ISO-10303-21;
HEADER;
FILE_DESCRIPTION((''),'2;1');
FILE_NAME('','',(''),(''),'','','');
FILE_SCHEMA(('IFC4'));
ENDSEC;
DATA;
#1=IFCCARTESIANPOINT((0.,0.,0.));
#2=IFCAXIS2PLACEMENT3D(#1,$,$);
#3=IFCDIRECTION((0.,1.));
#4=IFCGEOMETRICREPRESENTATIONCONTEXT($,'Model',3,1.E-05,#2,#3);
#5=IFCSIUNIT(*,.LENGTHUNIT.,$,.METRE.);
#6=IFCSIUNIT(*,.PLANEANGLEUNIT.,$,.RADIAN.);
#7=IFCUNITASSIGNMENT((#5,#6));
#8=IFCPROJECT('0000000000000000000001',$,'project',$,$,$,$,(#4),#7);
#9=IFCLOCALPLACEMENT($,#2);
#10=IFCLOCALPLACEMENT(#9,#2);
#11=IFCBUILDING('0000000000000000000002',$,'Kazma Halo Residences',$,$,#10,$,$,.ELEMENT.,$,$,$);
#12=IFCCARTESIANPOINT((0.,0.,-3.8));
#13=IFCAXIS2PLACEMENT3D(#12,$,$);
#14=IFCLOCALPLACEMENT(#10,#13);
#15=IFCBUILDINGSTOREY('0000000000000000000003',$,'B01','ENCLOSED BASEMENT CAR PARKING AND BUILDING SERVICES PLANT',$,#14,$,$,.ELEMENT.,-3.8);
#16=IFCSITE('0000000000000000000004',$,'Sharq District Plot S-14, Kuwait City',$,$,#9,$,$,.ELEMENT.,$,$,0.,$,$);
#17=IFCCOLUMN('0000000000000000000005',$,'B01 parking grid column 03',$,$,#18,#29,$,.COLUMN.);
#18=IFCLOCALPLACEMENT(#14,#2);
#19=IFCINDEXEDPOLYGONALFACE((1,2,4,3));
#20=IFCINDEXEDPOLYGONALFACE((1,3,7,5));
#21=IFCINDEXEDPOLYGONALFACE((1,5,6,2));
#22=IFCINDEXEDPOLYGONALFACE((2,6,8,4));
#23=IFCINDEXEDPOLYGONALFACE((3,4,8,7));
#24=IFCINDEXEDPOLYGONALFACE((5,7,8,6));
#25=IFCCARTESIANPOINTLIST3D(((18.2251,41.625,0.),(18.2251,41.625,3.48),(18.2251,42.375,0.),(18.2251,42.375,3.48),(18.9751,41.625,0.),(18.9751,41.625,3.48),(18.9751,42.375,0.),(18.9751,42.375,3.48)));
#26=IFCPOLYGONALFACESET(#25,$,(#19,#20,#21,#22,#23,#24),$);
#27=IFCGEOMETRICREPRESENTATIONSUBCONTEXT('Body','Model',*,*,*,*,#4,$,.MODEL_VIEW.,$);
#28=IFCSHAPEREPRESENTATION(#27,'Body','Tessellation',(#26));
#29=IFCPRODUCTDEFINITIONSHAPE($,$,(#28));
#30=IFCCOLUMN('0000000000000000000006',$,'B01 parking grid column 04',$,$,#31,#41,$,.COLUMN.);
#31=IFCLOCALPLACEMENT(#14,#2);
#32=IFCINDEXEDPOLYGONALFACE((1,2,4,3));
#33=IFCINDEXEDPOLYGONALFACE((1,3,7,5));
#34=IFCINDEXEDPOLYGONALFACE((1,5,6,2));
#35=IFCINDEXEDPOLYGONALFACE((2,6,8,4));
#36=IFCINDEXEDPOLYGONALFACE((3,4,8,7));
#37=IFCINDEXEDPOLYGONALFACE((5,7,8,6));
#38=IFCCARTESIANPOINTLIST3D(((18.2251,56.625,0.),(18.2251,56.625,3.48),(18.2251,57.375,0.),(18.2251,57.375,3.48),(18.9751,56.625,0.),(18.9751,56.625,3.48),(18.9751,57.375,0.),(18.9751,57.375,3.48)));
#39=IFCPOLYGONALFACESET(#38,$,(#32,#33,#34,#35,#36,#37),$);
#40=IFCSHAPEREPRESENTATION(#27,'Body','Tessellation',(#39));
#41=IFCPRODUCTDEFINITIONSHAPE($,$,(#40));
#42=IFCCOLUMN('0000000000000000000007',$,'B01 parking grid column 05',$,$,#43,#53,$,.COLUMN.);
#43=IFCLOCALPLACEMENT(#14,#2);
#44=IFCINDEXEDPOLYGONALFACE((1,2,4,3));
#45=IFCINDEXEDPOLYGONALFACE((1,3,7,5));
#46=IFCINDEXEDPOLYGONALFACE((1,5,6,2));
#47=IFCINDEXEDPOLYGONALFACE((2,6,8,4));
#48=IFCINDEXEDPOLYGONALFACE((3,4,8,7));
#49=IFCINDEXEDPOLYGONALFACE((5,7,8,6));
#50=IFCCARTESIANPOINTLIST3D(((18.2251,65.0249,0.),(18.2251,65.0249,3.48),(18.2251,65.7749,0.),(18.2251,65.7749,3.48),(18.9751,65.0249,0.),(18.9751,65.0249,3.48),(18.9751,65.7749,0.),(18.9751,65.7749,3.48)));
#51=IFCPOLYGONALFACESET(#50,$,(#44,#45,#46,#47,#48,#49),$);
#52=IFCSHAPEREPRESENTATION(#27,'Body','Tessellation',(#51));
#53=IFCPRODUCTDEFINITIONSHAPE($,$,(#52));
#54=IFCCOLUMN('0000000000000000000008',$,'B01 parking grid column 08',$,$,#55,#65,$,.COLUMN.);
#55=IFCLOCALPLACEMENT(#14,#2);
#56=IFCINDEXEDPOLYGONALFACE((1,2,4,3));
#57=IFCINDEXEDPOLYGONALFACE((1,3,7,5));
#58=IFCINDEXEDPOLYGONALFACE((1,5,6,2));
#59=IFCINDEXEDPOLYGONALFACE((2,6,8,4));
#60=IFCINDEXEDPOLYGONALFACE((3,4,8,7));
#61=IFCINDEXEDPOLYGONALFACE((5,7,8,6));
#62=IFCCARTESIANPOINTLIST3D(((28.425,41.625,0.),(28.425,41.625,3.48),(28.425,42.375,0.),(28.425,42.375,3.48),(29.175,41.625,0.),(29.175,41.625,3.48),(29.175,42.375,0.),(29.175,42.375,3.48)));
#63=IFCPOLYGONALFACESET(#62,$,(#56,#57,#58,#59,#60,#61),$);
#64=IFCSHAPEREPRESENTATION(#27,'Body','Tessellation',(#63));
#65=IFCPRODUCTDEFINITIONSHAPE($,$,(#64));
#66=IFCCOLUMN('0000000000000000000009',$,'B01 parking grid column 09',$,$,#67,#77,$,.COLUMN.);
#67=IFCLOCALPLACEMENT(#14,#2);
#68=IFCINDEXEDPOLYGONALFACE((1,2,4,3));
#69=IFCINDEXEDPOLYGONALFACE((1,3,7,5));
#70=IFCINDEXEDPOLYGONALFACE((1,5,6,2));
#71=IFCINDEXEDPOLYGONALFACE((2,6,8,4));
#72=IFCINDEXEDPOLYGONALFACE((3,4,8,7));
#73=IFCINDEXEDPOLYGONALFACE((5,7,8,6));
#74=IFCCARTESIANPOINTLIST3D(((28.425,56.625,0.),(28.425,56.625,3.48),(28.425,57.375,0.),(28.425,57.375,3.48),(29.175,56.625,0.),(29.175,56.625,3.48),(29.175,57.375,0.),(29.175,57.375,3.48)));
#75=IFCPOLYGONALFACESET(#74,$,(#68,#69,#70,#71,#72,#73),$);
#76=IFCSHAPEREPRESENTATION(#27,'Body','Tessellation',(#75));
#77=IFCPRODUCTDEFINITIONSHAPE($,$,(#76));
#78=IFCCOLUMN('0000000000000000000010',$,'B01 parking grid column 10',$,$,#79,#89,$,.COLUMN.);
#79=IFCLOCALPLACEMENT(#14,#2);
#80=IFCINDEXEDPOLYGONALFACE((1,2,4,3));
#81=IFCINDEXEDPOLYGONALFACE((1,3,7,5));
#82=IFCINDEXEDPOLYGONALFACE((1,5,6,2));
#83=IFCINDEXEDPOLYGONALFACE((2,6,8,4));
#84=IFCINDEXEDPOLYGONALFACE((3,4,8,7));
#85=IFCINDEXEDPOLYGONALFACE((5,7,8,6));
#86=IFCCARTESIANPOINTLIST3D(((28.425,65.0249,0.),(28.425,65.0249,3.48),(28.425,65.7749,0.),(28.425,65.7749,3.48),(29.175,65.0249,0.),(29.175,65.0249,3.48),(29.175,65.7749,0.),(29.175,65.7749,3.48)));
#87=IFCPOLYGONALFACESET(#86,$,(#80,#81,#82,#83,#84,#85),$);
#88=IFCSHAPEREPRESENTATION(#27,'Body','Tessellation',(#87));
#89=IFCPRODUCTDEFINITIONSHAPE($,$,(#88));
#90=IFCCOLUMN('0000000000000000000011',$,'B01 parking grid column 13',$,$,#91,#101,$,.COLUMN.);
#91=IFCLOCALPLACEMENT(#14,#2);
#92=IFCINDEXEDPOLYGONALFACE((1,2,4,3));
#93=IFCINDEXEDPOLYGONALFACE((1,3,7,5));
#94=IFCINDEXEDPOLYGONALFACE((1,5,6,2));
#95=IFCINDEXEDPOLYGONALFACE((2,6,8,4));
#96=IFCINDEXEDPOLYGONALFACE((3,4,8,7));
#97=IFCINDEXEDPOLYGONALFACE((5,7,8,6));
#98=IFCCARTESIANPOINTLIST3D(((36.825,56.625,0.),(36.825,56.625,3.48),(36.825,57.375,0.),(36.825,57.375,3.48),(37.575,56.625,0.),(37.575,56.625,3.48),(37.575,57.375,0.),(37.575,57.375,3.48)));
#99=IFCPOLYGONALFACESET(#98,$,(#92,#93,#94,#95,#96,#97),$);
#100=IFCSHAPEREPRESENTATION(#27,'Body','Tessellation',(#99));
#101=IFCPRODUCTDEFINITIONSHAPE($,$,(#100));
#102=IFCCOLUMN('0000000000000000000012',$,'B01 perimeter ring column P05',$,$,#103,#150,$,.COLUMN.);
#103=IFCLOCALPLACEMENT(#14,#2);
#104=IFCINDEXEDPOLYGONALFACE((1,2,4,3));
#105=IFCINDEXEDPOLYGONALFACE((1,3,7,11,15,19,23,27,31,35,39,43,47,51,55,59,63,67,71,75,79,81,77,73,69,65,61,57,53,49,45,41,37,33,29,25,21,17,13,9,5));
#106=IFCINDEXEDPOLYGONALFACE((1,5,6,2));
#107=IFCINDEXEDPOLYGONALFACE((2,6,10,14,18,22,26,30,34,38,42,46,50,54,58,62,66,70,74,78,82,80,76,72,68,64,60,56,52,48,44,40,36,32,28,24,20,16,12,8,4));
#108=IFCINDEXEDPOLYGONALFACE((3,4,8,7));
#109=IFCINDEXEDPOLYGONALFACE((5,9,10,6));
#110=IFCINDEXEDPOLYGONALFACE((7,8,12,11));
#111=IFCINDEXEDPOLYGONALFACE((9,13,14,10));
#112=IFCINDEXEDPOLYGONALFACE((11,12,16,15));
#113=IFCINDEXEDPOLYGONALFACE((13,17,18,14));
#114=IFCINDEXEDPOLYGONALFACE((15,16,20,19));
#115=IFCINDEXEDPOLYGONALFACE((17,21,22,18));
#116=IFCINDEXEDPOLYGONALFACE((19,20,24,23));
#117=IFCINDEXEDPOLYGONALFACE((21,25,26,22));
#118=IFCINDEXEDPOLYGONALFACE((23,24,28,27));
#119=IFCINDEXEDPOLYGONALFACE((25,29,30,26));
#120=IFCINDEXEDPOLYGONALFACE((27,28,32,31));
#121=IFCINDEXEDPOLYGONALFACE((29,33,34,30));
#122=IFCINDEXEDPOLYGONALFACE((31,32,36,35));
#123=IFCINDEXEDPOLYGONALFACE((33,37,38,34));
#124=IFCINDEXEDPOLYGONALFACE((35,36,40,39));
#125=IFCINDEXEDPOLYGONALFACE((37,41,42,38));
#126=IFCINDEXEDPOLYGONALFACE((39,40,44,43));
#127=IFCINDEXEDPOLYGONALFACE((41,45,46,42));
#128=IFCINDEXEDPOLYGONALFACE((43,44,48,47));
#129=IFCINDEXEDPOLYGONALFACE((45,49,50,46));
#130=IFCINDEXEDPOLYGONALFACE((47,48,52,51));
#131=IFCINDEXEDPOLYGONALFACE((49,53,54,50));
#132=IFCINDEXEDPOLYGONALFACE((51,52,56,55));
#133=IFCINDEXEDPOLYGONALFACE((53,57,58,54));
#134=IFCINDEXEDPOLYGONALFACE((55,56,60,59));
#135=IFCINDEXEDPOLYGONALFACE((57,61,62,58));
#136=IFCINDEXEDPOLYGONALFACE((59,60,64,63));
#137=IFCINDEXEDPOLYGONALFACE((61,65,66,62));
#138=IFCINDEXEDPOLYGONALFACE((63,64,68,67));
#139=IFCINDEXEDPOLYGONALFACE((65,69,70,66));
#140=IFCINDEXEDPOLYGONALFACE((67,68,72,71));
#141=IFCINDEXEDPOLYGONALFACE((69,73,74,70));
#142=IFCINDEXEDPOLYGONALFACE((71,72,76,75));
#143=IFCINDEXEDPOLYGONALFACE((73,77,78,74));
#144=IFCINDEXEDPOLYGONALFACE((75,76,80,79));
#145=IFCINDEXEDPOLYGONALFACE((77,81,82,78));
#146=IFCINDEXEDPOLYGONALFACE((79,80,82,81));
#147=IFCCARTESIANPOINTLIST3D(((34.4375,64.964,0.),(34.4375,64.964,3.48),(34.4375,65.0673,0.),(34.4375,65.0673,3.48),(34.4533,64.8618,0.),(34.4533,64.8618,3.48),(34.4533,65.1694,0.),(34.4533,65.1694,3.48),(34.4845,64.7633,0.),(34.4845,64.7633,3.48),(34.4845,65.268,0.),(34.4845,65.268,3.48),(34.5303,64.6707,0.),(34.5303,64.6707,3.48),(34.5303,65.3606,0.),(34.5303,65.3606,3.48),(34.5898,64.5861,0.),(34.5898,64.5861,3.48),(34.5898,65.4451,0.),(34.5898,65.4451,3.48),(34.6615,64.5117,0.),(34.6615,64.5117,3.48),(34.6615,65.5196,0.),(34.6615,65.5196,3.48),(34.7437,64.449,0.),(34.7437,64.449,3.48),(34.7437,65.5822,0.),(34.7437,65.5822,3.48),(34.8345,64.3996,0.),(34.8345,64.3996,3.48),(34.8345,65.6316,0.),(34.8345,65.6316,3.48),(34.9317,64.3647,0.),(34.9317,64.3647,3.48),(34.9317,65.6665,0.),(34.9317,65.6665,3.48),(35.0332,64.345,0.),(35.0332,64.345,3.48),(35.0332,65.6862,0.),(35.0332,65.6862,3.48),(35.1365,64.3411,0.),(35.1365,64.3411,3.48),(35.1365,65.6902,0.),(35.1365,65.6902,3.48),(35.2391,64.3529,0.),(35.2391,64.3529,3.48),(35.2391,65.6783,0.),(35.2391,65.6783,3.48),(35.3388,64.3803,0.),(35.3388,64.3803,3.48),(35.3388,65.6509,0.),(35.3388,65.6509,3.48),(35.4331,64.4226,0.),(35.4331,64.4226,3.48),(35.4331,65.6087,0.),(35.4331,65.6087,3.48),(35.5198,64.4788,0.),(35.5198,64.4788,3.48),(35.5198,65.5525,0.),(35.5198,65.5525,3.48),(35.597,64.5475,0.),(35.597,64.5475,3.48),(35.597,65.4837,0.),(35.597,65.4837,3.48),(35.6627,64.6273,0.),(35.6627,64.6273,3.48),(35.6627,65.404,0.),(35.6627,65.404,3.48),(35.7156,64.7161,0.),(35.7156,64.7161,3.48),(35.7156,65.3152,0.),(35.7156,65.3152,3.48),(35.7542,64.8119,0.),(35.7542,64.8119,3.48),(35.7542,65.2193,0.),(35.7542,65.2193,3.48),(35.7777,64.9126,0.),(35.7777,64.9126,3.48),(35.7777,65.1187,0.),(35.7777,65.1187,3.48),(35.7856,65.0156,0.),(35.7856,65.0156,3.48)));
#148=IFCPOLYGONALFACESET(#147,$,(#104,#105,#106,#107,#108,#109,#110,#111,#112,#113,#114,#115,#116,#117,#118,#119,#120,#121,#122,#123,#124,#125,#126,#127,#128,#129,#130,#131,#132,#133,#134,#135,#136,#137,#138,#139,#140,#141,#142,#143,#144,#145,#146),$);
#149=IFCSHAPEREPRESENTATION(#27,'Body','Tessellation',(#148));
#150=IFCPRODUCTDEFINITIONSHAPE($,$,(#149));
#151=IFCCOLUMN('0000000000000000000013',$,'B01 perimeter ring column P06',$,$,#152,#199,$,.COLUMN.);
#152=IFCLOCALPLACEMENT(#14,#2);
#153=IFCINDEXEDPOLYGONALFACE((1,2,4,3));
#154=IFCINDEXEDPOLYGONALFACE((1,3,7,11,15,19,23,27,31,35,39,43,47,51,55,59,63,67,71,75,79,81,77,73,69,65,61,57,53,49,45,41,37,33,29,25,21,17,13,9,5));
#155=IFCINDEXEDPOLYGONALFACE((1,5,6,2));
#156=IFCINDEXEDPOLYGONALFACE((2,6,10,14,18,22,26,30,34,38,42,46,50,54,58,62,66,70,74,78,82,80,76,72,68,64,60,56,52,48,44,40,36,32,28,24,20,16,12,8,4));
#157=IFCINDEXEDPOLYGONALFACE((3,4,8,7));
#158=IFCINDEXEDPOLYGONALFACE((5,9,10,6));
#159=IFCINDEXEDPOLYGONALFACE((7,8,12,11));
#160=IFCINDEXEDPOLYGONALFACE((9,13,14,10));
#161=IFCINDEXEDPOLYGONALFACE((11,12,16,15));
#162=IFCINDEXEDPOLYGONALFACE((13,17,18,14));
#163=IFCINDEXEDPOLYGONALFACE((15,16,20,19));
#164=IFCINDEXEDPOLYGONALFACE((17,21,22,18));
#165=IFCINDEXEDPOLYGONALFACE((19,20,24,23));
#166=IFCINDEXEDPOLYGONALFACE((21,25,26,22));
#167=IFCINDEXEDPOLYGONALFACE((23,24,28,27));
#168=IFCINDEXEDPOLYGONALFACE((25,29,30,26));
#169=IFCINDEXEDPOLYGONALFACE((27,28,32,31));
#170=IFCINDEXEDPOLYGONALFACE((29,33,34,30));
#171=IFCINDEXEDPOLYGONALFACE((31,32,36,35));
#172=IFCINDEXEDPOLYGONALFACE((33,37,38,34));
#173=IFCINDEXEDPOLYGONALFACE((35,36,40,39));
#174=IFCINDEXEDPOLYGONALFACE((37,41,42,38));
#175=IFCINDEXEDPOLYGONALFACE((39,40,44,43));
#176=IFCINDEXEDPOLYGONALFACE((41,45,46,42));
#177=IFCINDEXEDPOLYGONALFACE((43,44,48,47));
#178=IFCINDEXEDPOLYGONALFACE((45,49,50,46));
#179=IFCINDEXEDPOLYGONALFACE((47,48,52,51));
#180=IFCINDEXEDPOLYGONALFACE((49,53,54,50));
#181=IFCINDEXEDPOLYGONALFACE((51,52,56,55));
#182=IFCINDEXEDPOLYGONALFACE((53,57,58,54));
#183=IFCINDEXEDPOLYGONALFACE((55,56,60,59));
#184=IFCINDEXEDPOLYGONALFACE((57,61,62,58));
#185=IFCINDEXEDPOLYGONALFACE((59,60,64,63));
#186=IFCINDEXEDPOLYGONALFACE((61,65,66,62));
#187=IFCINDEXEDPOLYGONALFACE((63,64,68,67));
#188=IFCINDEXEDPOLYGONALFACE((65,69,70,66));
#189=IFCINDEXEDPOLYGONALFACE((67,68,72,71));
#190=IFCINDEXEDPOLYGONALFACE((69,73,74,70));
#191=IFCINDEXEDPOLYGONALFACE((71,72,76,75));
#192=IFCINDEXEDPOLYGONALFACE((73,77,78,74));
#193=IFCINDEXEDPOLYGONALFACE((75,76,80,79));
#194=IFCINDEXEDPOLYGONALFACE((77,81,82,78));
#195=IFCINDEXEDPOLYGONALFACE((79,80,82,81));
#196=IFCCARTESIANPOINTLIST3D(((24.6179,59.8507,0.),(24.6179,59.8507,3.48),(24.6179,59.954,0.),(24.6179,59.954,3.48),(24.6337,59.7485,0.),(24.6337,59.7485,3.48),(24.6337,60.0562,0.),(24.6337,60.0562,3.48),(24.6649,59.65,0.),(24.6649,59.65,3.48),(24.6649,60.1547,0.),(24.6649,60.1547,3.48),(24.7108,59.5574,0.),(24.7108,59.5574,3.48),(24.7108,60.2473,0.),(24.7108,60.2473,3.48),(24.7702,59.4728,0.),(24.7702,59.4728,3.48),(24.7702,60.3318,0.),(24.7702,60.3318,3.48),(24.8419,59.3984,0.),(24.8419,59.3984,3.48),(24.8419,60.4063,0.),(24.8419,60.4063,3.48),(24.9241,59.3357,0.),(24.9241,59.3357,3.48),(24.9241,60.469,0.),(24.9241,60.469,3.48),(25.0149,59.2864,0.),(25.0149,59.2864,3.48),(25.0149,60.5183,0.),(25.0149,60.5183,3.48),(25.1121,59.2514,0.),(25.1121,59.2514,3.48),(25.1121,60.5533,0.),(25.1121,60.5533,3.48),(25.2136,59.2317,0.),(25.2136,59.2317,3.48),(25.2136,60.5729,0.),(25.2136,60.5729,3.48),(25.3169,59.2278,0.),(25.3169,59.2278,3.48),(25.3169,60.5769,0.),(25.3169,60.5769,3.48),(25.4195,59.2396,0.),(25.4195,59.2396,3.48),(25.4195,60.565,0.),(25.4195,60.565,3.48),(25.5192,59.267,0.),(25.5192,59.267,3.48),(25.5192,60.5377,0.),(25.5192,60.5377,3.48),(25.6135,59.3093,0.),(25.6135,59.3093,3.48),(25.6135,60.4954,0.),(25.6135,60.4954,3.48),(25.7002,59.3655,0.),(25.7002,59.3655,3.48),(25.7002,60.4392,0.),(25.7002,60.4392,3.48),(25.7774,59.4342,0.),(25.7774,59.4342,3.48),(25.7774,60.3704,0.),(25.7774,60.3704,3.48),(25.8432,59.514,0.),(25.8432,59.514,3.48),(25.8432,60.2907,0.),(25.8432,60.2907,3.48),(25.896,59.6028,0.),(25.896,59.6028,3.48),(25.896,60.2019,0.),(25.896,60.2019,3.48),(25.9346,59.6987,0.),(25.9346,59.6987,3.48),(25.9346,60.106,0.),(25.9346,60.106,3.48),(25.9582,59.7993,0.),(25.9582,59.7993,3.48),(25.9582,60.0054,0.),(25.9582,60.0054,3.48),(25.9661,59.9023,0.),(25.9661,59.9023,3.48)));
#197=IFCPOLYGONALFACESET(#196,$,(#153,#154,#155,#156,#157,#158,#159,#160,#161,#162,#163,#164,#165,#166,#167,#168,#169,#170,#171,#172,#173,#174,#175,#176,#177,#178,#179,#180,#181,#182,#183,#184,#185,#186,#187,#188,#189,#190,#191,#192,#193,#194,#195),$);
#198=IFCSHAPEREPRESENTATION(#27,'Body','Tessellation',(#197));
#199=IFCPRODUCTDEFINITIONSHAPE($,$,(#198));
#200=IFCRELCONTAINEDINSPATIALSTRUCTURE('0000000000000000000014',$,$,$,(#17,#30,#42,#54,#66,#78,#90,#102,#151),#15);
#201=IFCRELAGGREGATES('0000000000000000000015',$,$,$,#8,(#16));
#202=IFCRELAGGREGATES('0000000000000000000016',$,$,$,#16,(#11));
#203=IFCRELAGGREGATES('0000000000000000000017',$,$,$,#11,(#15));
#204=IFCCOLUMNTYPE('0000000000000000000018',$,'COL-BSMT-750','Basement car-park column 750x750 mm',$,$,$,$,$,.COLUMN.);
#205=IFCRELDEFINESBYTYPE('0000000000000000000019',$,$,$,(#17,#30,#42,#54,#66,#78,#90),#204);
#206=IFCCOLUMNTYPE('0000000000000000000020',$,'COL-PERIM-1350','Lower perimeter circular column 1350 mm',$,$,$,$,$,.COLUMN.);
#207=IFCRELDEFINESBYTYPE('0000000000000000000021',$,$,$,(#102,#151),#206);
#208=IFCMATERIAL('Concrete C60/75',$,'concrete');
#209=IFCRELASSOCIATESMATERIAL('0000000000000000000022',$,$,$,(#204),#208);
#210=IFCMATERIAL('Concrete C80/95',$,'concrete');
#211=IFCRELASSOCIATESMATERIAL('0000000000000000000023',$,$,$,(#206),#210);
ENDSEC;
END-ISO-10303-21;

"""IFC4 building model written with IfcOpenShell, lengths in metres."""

from ifc_helpers import new_model, si_unit, direction, frame, origin, origin_2d, place, context, subcontext, project, spatial, rectangle, circle, extrude, material, material_profile, profile_set, type_object, element, save


model = new_model("IFC4")

# Units and contexts
model_context = context("Model", 3, precision=1e-05, world=origin(), true_north=direction((0.0, 1.0)))
body_context = subcontext(model_context, "Body", "Model", "MODEL_VIEW")
ifc_project = project(units=[si_unit("LENGTHUNIT", "METRE"), si_unit("PLANEANGLEUNIT", "RADIAN")], contexts=[model_context])

# Site, building, storey
site_placement = place(None, origin())
site = spatial("IfcSite", under=ifc_project, at=site_placement, Name="Sharq District Plot S-14, Kuwait City", CompositionType="ELEMENT", RefElevation=0.0)
building_placement = place(site_placement, origin())
building = spatial("IfcBuilding", under=site, at=building_placement, Name="Kazma Halo Residences", CompositionType="ELEMENT")
storey_placement = place(building_placement, frame((0.0, 0.0, -3.8)))
storey = spatial("IfcBuildingStorey", under=building, at=storey_placement, Name="B01", Description="ENCLOSED BASEMENT CAR PARKING AND BUILDING SERVICES PLANT", CompositionType="ELEMENT", Elevation=-3.8)

# Columns
ifc_material_1 = material(Name="Concrete C60/75", Category="concrete")
ifc_material_profile_1 = material_profile(ifc_material_1, rectangle(XDim=0.75, YDim=0.75, at=origin_2d()), Name="RECT750x750")
ifc_profile_set_1 = profile_set([ifc_material_profile_1], Name="Concrete C60/75")
column_type_1 = type_object("IfcColumnType", Name="COL-BSMT-750", Description="Basement car-park column 750x750 mm", PredefinedType="COLUMN", material=ifc_profile_set_1)
for number, where, z_axis, x_axis, name in (
    (1, (18.6001, 42.0, 0.0), (0.0, 0.0, 1.0), (1.0, 0.0, 0.0), "B01 parking grid column 03"),
    (2, (18.6001, 57.0, 0.0), (0.0, 0.0, 1.0), (1.0, 0.0, 0.0), "B01 parking grid column 04"),
    (3, (18.6001, 65.3999, 0.0), (0.0, 0.0, 1.0), (1.0, 0.0, 0.0), "B01 parking grid column 05"),
    (4, (28.8, 42.0, 0.0), (0.0, 0.0, 1.0), (1.0, 0.0, 0.0), "B01 parking grid column 08"),
    (5, (28.8, 57.0, 0.0), (0.0, 0.0, 1.0), (1.0, 0.0, 0.0), "B01 parking grid column 09"),
    (6, (28.8, 65.3999, 0.0), (0.0, 0.0, 1.0), (1.0, 0.0, 0.0), "B01 parking grid column 10"),
    (7, (37.2, 57.0, 0.0), (0.0, 0.0, 1.0), (1.0, 0.0, 0.0), "B01 parking grid column 13"),
):
    element("IfcColumn", number, at=place(storey_placement, frame(where, z_axis=z_axis, x_axis=x_axis)), inside=storey, type_object=column_type_1, Name=name, PredefinedType="COLUMN", context=body_context, shape_type="SweptSolid", body=[
        extrude(rectangle(XDim=0.75, YDim=0.75, at=origin_2d()), origin(), (0.0, 0.0, 1.0), 3.48),
    ])
ifc_material_2 = material(Name="Concrete C80/95", Category="concrete")
ifc_material_profile_2 = material_profile(ifc_material_2, circle(Radius=0.675, at=origin_2d()), Name="CIRC1350")
ifc_profile_set_2 = profile_set([ifc_material_profile_2], Name="Concrete C80/95")
column_type_2 = type_object("IfcColumnType", Name="COL-PERIM-1350", Description="Lower perimeter circular column 1350 mm", PredefinedType="COLUMN", material=ifc_profile_set_2)
for number, where, z_axis, x_axis, name in (
    (8, (35.1106, 65.0156, 0.0), (0.0, 0.0, 1.0), (1.0, 0.0, 0.0), "B01 perimeter ring column P05"),
    (9, (25.291, 59.9023, 0.0), (0.0, 0.0, 1.0), (1.0, 0.0, 0.0), "B01 perimeter ring column P06"),
):
    element("IfcColumn", number, at=place(storey_placement, frame(where, z_axis=z_axis, x_axis=x_axis)), inside=storey, type_object=column_type_2, Name=name, PredefinedType="COLUMN", context=body_context, shape_type="SweptSolid", body=[
        extrude(circle(Radius=0.675, at=origin_2d()), origin(), (0.0, 0.0, 1.0), 3.48),
    ])

save(model, "model.ifc")
